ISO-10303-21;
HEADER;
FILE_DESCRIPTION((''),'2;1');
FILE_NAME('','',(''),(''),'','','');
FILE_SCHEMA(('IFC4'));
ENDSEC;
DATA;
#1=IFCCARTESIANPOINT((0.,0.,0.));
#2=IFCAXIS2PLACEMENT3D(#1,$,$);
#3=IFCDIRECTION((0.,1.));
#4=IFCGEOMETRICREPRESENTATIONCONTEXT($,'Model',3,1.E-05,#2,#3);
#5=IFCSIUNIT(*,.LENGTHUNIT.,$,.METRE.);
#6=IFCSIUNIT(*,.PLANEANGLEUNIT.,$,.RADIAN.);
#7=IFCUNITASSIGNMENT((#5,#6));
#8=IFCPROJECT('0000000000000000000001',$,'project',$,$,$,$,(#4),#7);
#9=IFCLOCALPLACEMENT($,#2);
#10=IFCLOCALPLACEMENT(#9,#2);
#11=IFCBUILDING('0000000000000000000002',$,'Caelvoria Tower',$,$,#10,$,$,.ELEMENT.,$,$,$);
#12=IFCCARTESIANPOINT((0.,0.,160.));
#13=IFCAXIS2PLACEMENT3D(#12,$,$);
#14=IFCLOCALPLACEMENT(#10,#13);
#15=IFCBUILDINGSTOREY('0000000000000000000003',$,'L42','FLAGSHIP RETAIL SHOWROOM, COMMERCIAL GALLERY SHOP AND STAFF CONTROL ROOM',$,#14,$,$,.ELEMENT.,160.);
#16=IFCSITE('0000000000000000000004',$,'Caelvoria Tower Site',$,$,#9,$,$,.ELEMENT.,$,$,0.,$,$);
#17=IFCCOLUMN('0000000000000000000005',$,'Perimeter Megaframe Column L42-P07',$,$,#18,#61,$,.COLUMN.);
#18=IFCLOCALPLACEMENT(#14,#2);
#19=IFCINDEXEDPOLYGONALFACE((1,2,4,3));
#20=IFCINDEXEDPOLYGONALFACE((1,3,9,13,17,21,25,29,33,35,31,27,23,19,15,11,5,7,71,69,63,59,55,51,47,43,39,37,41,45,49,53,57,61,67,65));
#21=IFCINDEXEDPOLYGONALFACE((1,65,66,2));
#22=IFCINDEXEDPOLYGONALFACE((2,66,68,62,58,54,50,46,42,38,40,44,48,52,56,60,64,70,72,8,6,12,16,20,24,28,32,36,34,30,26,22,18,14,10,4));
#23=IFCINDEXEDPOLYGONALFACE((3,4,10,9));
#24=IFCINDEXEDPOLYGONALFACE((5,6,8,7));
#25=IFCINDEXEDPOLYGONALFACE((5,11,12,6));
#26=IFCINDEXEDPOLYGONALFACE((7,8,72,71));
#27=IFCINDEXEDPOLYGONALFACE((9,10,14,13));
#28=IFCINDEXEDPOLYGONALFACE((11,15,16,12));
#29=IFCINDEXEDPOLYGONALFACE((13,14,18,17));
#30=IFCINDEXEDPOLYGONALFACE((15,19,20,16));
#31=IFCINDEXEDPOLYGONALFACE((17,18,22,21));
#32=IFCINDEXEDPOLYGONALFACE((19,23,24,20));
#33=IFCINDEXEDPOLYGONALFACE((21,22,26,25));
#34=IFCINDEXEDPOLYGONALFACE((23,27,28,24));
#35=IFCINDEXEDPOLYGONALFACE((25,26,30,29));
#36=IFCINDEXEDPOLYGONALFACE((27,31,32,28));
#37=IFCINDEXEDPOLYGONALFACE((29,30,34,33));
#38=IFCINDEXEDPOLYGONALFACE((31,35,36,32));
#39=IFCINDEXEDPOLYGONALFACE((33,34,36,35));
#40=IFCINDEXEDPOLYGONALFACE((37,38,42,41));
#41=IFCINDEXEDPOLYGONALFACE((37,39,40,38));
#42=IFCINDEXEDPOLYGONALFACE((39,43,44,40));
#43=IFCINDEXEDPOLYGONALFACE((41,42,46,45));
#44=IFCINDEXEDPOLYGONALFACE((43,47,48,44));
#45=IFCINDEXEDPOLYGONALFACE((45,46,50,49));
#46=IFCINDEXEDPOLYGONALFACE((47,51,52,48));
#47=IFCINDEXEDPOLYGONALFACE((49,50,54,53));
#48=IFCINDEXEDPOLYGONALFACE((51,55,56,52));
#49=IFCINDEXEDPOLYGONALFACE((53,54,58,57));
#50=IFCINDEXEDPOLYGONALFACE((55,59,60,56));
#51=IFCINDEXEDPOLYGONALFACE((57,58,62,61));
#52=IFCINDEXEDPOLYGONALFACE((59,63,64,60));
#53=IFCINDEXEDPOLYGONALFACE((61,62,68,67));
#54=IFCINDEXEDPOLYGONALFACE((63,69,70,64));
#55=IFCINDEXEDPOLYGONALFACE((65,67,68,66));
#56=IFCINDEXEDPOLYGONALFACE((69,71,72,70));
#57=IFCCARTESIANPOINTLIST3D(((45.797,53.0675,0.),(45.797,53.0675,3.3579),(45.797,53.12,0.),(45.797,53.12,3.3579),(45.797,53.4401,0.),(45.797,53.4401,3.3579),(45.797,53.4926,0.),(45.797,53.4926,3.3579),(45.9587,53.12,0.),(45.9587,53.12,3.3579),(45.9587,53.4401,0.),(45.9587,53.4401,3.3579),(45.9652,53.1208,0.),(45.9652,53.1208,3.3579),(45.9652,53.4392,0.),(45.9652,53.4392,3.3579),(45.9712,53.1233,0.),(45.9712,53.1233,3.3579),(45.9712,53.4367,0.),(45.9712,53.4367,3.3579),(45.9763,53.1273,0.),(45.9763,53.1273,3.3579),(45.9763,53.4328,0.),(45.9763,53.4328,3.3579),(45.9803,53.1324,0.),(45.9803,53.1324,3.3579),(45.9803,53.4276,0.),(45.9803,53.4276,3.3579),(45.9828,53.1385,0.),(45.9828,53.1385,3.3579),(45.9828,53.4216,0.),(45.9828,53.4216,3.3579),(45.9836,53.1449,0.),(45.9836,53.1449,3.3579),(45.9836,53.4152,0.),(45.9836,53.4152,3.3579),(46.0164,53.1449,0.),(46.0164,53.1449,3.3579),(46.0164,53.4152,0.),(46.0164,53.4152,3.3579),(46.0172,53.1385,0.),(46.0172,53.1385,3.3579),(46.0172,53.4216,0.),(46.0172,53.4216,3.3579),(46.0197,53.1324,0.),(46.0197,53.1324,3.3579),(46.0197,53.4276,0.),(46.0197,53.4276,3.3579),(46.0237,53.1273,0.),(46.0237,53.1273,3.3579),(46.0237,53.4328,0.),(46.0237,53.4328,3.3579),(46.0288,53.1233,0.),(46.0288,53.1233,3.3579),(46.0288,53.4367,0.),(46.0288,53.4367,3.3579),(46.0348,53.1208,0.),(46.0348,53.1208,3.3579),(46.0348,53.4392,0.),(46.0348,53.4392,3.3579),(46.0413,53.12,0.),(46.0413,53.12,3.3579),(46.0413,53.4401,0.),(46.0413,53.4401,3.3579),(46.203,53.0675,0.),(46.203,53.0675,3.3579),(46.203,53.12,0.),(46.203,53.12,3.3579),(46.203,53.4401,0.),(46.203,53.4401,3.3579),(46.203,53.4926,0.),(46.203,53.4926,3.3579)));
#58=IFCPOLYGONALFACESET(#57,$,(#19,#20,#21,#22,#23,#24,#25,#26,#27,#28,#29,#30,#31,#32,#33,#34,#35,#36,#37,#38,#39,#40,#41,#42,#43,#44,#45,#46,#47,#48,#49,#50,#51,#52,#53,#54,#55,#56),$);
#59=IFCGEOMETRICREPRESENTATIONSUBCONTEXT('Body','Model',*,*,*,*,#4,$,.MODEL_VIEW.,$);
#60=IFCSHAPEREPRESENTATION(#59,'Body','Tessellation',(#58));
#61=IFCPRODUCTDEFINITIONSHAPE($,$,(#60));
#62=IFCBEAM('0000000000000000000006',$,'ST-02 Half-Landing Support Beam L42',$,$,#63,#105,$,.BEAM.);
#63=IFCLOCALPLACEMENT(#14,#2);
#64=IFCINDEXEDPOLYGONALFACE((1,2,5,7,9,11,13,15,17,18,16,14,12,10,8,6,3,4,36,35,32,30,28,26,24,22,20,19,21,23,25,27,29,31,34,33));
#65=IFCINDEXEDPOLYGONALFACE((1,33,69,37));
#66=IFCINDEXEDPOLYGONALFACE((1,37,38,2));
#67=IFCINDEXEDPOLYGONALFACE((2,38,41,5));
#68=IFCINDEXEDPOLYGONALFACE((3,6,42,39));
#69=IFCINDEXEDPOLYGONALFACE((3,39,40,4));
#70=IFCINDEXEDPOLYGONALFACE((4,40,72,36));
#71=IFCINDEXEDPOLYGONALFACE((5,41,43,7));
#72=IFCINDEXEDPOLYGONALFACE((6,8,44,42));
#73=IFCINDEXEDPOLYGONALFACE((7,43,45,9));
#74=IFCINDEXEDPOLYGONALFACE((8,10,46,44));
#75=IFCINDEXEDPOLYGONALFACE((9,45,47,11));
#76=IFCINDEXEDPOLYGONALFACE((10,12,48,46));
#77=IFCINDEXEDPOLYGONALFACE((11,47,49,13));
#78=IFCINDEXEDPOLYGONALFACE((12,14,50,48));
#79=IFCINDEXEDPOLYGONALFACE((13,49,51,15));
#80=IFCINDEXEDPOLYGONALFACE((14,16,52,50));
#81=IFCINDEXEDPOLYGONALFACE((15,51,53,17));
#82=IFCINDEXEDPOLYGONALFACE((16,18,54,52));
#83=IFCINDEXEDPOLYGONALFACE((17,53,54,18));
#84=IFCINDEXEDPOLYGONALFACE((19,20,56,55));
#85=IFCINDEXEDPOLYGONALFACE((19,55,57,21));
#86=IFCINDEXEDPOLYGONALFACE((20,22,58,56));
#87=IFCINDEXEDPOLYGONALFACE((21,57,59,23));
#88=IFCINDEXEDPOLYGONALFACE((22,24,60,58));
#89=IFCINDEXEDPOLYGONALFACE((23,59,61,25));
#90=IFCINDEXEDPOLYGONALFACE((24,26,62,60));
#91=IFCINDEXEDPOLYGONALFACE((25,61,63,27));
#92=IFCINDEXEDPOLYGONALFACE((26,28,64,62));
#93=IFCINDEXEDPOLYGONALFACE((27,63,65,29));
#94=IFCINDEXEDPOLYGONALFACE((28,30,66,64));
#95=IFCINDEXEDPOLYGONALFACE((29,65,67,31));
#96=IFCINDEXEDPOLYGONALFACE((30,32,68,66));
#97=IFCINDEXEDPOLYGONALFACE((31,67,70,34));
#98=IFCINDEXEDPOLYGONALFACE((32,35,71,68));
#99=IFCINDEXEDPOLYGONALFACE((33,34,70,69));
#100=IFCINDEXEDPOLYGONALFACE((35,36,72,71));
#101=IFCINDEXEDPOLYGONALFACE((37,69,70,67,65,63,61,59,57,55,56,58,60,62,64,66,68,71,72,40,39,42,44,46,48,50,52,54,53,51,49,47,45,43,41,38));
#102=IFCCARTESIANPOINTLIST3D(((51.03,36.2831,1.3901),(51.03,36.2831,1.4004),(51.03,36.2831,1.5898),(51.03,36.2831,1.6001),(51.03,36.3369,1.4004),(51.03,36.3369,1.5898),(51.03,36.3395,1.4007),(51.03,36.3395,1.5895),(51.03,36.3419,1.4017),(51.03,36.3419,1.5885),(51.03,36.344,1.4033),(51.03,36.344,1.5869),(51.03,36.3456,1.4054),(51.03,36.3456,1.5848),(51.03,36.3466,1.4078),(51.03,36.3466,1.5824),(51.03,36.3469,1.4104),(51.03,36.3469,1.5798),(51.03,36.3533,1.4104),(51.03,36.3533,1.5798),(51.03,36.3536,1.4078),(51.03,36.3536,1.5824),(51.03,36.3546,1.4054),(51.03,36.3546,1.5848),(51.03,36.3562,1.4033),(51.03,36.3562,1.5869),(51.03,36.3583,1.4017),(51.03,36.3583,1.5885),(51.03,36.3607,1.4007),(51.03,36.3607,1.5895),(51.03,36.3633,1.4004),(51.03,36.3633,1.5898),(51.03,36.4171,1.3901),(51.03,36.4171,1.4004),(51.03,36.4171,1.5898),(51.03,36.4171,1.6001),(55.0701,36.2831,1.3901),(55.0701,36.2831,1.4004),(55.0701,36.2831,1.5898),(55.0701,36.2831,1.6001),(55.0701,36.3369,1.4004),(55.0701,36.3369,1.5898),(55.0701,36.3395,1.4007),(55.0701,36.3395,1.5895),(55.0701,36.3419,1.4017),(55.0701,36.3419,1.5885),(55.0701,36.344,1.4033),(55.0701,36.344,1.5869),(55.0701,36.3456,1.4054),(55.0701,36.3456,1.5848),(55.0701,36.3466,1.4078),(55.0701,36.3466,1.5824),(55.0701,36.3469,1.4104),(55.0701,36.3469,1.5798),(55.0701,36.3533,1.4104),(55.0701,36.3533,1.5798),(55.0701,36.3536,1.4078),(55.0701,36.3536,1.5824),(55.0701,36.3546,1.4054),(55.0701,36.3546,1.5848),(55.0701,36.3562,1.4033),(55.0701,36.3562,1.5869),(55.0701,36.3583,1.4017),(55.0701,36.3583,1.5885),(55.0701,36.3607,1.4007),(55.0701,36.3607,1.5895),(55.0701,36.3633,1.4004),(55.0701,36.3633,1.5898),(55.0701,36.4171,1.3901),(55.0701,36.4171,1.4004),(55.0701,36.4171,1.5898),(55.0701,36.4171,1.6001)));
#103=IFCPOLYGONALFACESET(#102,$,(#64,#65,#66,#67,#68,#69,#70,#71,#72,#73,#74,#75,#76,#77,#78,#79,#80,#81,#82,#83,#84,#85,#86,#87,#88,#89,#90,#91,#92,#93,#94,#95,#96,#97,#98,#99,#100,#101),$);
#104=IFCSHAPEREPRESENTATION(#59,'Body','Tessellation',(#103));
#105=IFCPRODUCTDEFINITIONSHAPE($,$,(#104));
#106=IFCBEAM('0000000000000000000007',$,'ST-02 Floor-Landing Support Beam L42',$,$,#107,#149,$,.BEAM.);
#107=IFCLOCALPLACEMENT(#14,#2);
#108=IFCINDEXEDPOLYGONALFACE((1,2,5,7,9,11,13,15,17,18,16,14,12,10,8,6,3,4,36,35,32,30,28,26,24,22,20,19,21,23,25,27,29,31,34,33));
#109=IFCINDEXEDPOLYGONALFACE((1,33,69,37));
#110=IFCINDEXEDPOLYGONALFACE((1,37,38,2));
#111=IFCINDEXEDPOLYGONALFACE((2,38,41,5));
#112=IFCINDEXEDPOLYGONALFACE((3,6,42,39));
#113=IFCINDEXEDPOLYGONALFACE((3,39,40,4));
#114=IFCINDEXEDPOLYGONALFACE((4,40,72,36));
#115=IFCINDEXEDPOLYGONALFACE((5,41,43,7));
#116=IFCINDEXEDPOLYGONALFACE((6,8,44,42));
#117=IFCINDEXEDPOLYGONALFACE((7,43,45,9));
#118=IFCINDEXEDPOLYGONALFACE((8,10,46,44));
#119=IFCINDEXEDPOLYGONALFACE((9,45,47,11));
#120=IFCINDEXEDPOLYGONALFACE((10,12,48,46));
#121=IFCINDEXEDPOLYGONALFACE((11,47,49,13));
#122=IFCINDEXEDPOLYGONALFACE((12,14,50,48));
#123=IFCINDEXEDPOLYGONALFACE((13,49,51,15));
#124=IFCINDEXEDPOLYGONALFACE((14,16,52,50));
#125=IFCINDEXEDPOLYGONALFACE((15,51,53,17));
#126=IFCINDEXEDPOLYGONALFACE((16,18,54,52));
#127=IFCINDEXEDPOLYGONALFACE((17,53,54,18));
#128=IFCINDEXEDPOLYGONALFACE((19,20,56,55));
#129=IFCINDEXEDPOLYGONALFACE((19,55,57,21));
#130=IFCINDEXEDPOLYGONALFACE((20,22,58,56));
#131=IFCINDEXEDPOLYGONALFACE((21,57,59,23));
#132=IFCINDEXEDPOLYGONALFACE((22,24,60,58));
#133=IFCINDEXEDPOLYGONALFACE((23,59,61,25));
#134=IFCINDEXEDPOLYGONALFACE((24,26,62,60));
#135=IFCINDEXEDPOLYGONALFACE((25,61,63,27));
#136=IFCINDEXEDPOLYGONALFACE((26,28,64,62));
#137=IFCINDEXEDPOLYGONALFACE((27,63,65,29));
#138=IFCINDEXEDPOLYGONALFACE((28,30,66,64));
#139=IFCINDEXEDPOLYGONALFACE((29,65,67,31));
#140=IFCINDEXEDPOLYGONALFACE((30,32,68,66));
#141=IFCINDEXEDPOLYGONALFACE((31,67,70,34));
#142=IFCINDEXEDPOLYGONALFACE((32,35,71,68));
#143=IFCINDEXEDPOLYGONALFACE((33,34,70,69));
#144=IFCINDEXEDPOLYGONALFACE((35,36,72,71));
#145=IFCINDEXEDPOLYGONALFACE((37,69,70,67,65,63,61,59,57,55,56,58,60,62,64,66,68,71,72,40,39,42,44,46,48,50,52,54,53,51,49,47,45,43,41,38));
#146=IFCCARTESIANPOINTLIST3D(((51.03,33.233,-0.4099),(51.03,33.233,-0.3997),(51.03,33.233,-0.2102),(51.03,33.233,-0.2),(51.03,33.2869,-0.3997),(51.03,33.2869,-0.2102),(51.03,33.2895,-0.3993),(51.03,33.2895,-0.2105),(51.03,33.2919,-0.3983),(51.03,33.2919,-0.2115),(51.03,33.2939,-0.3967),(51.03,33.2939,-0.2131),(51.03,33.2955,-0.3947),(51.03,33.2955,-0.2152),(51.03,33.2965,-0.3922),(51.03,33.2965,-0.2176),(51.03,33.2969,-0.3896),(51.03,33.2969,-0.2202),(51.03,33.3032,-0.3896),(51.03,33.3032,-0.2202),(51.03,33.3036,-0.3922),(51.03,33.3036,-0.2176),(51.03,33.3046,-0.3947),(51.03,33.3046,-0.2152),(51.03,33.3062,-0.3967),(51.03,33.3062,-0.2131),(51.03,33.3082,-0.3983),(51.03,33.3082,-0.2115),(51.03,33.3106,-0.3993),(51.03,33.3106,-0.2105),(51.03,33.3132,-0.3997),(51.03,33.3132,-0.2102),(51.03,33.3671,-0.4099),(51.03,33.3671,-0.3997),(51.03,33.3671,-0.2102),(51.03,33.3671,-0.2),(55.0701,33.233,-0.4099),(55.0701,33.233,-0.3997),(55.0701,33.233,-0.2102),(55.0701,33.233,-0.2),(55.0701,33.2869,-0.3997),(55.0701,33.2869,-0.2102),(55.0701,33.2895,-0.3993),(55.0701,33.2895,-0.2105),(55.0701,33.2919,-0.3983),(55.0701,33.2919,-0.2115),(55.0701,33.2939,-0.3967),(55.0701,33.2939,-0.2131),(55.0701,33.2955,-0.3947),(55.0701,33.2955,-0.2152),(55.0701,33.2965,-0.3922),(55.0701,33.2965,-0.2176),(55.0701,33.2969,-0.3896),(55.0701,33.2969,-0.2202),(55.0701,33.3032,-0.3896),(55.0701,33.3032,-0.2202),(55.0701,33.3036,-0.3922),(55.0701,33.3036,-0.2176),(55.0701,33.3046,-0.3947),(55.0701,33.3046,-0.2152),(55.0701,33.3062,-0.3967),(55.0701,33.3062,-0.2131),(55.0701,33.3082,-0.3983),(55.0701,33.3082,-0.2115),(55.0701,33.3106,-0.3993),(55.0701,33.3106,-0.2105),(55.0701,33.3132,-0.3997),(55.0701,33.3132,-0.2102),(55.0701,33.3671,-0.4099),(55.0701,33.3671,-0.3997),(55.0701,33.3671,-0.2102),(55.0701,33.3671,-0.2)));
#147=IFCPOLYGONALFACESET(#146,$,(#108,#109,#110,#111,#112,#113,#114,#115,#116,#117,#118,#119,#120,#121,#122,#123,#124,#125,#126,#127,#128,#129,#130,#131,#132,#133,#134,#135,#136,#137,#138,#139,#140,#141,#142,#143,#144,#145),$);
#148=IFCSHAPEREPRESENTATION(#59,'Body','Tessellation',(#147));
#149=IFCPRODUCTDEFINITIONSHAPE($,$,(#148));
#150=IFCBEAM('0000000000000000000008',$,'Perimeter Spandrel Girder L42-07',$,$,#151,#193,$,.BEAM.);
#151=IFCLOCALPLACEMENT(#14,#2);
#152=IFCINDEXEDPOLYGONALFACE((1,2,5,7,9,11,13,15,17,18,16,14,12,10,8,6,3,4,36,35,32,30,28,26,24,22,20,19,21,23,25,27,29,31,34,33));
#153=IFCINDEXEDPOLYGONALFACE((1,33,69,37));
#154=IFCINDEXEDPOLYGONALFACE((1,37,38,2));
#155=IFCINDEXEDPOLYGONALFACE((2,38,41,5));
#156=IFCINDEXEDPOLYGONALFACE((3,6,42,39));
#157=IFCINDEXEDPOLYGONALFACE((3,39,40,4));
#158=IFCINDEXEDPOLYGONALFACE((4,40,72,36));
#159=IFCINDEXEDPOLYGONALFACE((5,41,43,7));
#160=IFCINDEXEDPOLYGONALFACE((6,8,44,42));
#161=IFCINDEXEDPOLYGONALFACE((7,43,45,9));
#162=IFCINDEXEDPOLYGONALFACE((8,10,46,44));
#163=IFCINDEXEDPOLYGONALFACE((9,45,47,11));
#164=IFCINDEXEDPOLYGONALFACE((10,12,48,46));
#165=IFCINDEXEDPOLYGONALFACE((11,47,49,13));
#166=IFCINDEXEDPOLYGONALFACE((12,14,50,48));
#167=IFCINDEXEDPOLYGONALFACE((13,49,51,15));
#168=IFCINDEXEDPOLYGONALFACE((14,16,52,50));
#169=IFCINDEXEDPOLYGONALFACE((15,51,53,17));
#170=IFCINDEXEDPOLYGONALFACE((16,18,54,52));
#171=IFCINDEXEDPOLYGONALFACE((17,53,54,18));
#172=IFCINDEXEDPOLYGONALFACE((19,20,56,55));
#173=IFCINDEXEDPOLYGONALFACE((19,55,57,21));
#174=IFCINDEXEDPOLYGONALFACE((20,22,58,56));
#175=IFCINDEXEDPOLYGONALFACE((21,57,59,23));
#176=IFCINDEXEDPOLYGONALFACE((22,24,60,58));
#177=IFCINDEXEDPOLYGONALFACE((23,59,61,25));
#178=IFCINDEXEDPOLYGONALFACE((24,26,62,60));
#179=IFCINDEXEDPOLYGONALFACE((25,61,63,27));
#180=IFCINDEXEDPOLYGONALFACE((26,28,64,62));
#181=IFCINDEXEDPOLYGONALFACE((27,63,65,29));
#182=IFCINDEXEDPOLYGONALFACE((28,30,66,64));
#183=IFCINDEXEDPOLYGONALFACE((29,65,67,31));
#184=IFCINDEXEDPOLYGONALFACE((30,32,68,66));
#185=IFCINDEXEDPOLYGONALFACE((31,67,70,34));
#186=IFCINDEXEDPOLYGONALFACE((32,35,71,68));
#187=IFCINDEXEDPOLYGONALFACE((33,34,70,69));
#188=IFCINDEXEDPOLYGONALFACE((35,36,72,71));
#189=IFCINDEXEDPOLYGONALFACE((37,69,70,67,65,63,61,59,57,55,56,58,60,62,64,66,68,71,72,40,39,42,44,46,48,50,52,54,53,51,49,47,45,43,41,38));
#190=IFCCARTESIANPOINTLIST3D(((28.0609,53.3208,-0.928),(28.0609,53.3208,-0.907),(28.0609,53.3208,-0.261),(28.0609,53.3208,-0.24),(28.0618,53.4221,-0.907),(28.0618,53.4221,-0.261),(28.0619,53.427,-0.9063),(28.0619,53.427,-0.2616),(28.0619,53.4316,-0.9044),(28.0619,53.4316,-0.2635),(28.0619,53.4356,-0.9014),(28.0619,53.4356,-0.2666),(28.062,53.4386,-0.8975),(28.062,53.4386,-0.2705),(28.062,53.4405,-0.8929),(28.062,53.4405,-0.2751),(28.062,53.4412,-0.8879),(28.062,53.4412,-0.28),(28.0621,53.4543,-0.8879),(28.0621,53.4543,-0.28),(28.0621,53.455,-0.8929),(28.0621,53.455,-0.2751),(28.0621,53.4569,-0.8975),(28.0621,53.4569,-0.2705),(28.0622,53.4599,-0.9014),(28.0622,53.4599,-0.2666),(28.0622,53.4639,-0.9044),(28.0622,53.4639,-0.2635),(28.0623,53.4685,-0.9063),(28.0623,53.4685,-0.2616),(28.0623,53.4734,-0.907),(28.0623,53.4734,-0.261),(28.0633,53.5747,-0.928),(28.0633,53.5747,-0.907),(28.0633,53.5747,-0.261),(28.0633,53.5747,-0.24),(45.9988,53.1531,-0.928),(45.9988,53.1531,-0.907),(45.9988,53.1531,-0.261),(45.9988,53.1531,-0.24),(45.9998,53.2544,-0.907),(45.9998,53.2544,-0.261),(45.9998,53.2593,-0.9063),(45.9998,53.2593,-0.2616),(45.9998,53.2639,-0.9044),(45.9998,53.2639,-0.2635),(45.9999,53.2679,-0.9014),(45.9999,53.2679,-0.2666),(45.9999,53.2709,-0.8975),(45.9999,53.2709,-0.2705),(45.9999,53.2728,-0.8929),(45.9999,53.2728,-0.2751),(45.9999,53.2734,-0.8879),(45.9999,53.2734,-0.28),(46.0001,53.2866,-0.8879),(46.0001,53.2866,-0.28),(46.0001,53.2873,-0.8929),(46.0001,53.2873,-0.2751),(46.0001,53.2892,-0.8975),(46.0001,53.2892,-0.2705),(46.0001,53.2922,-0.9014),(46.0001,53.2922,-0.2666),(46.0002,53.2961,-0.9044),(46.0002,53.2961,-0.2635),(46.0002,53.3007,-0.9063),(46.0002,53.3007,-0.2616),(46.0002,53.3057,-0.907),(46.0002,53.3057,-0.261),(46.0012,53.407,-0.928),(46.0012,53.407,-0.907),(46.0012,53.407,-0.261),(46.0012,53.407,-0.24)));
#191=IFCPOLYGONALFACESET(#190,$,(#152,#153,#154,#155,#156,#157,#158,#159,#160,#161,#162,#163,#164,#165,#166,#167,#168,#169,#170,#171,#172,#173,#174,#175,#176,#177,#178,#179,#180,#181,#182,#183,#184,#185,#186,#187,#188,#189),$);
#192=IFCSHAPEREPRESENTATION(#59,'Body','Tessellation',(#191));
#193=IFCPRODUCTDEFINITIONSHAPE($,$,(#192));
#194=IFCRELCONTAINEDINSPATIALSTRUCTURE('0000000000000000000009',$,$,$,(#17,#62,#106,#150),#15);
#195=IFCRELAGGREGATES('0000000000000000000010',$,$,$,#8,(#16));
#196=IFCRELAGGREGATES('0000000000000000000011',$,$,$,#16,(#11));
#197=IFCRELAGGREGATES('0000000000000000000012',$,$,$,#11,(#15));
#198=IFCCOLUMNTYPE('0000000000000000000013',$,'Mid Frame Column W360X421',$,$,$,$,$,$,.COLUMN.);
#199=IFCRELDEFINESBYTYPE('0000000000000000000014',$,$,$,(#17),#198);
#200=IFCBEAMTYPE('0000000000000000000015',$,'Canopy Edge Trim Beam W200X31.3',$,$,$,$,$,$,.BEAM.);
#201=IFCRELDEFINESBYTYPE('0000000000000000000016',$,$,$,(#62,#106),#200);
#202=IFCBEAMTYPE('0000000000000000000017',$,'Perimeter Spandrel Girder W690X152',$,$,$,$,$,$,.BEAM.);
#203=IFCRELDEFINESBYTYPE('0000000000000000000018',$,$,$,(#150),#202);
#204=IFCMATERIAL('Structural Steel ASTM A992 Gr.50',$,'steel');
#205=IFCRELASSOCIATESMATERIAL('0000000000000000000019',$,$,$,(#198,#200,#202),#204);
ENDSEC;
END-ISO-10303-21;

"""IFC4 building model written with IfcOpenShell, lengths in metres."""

from ifc_helpers import new_model, si_unit, direction, frame, origin, origin_2d, place, context, subcontext, project, spatial, i_section, extrude, material, material_profile, profile_set, type_object, element, save


model = new_model("IFC4")

# Units and contexts
model_context = context("Model", 3, precision=1e-05, world=origin(), true_north=direction((0.0, 1.0)))
body_context = subcontext(model_context, "Body", "Model", "MODEL_VIEW")
ifc_project = project(units=[si_unit("LENGTHUNIT", "METRE"), si_unit("PLANEANGLEUNIT", "RADIAN")], contexts=[model_context])

# Site, building, storey
site_placement = place(None, origin())
site = spatial("IfcSite", under=ifc_project, at=site_placement, Name="Caelvoria Tower Site", CompositionType="ELEMENT", RefElevation=0.0)
building_placement = place(site_placement, origin())
building = spatial("IfcBuilding", under=site, at=building_placement, Name="Caelvoria Tower", CompositionType="ELEMENT")
storey_placement = place(building_placement, frame((0.0, 0.0, 160.0)))
storey = spatial("IfcBuildingStorey", under=building, at=storey_placement, Name="L42", Description="FLAGSHIP RETAIL SHOWROOM, COMMERCIAL GALLERY SHOP AND STAFF CONTROL ROOM", CompositionType="ELEMENT", Elevation=160.0)

# Column
ifc_material_1 = material(Name="Structural Steel ASTM A992 Gr.50", Category="steel")
ifc_material_profile_1 = material_profile(ifc_material_1, i_section(OverallWidth=0.406, OverallDepth=0.425, WebThickness=0.0327, FlangeThickness=0.0525, FilletRadius=0.0249, at=origin_2d()), Name="Structural Steel ASTM A992 Gr.50")
ifc_profile_set_1 = profile_set([ifc_material_profile_1], Name="W360X421 - Structural Steel ASTM A992 Gr.50")
column_type = type_object("IfcColumnType", Name="Mid Frame Column W360X421", PredefinedType="COLUMN", material=ifc_profile_set_1)
column_placement = place(storey_placement, frame((46.0, 53.28, 0.0), z_axis=(0.0, 0.0, 1.0), x_axis=(1.0, 0.0, 0.0)))
element("IfcColumn", 1, at=column_placement, inside=storey, type_object=column_type, Name="Perimeter Megaframe Column L42-P07", PredefinedType="COLUMN", context=body_context, shape_type="SweptSolid", body=[
    extrude(i_section(OverallWidth=0.406, OverallDepth=0.425, WebThickness=0.0327, FlangeThickness=0.0525, FilletRadius=0.0249, at=origin_2d()), origin(), (0.0, 0.0, 1.0), 3.3579),
])

# Beams
ifc_material_profile_2 = material_profile(ifc_material_1, i_section(OverallWidth=0.134, OverallDepth=0.21, WebThickness=0.0063, FlangeThickness=0.0103, FilletRadius=0.01, at=origin_2d()), Name="Structural Steel ASTM A992 Gr.50")
ifc_profile_set_2 = profile_set([ifc_material_profile_2], Name="W200X31.3 - Structural Steel ASTM A992 Gr.50")
beam_type_1 = type_object("IfcBeamType", Name="Canopy Edge Trim Beam W200X31.3", PredefinedType="BEAM", material=ifc_profile_set_2)
for number, where, z_axis, x_axis, name in (
    (2, (51.03, 36.3501, 1.4951), (1.0, 0.0, 0.0), (0.0, 1.0, 0.0), "ST-02 Half-Landing Support Beam L42"),
    (3, (51.03, 33.3, -0.3049), (1.0, 0.0, 0.0), (0.0, 1.0, 0.0), "ST-02 Floor-Landing Support Beam L42"),
):
    element("IfcBeam", number, at=place(storey_placement, frame(where, z_axis=z_axis, x_axis=x_axis)), inside=storey, type_object=beam_type_1, Name=name, PredefinedType="BEAM", context=body_context, shape_type="SweptSolid", body=[
        extrude(i_section(OverallWidth=0.134, OverallDepth=0.21, WebThickness=0.0063, FlangeThickness=0.0103, FilletRadius=0.01, at=origin_2d()), origin(), (0.0, 0.0, 1.0), 4.04),
    ])
ifc_material_profile_3 = material_profile(ifc_material_1, i_section(OverallWidth=0.2539, OverallDepth=0.688, WebThickness=0.0132, FlangeThickness=0.021, FilletRadius=0.019, at=origin_2d()), Name="Structural Steel ASTM A992 Gr.50")
ifc_profile_set_3 = profile_set([ifc_material_profile_3], Name="W690X152 - Structural Steel ASTM A992 Gr.50")
beam_type_2 = type_object("IfcBeamType", Name="Perimeter Spandrel Girder W690X152", PredefinedType="BEAM", material=ifc_profile_set_3)
beam_1_placement = place(storey_placement, frame((46.0, 53.28, -0.584), z_axis=(-0.999956, 0.00935, 0.0), x_axis=(-0.00935, -0.999956, 0.0)))
element("IfcBeam", 4, at=beam_1_placement, inside=storey, type_object=beam_type_2, Name="Perimeter Spandrel Girder L42-07", PredefinedType="BEAM", context=body_context, shape_type="SweptSolid", body=[
    extrude(i_section(OverallWidth=0.2539, OverallDepth=0.688, WebThickness=0.0132, FlangeThickness=0.021, FilletRadius=0.019, at=origin_2d()), origin(), (0.0, 0.0, 1.0), 17.9387),
])

save(model, "model.ifc")
